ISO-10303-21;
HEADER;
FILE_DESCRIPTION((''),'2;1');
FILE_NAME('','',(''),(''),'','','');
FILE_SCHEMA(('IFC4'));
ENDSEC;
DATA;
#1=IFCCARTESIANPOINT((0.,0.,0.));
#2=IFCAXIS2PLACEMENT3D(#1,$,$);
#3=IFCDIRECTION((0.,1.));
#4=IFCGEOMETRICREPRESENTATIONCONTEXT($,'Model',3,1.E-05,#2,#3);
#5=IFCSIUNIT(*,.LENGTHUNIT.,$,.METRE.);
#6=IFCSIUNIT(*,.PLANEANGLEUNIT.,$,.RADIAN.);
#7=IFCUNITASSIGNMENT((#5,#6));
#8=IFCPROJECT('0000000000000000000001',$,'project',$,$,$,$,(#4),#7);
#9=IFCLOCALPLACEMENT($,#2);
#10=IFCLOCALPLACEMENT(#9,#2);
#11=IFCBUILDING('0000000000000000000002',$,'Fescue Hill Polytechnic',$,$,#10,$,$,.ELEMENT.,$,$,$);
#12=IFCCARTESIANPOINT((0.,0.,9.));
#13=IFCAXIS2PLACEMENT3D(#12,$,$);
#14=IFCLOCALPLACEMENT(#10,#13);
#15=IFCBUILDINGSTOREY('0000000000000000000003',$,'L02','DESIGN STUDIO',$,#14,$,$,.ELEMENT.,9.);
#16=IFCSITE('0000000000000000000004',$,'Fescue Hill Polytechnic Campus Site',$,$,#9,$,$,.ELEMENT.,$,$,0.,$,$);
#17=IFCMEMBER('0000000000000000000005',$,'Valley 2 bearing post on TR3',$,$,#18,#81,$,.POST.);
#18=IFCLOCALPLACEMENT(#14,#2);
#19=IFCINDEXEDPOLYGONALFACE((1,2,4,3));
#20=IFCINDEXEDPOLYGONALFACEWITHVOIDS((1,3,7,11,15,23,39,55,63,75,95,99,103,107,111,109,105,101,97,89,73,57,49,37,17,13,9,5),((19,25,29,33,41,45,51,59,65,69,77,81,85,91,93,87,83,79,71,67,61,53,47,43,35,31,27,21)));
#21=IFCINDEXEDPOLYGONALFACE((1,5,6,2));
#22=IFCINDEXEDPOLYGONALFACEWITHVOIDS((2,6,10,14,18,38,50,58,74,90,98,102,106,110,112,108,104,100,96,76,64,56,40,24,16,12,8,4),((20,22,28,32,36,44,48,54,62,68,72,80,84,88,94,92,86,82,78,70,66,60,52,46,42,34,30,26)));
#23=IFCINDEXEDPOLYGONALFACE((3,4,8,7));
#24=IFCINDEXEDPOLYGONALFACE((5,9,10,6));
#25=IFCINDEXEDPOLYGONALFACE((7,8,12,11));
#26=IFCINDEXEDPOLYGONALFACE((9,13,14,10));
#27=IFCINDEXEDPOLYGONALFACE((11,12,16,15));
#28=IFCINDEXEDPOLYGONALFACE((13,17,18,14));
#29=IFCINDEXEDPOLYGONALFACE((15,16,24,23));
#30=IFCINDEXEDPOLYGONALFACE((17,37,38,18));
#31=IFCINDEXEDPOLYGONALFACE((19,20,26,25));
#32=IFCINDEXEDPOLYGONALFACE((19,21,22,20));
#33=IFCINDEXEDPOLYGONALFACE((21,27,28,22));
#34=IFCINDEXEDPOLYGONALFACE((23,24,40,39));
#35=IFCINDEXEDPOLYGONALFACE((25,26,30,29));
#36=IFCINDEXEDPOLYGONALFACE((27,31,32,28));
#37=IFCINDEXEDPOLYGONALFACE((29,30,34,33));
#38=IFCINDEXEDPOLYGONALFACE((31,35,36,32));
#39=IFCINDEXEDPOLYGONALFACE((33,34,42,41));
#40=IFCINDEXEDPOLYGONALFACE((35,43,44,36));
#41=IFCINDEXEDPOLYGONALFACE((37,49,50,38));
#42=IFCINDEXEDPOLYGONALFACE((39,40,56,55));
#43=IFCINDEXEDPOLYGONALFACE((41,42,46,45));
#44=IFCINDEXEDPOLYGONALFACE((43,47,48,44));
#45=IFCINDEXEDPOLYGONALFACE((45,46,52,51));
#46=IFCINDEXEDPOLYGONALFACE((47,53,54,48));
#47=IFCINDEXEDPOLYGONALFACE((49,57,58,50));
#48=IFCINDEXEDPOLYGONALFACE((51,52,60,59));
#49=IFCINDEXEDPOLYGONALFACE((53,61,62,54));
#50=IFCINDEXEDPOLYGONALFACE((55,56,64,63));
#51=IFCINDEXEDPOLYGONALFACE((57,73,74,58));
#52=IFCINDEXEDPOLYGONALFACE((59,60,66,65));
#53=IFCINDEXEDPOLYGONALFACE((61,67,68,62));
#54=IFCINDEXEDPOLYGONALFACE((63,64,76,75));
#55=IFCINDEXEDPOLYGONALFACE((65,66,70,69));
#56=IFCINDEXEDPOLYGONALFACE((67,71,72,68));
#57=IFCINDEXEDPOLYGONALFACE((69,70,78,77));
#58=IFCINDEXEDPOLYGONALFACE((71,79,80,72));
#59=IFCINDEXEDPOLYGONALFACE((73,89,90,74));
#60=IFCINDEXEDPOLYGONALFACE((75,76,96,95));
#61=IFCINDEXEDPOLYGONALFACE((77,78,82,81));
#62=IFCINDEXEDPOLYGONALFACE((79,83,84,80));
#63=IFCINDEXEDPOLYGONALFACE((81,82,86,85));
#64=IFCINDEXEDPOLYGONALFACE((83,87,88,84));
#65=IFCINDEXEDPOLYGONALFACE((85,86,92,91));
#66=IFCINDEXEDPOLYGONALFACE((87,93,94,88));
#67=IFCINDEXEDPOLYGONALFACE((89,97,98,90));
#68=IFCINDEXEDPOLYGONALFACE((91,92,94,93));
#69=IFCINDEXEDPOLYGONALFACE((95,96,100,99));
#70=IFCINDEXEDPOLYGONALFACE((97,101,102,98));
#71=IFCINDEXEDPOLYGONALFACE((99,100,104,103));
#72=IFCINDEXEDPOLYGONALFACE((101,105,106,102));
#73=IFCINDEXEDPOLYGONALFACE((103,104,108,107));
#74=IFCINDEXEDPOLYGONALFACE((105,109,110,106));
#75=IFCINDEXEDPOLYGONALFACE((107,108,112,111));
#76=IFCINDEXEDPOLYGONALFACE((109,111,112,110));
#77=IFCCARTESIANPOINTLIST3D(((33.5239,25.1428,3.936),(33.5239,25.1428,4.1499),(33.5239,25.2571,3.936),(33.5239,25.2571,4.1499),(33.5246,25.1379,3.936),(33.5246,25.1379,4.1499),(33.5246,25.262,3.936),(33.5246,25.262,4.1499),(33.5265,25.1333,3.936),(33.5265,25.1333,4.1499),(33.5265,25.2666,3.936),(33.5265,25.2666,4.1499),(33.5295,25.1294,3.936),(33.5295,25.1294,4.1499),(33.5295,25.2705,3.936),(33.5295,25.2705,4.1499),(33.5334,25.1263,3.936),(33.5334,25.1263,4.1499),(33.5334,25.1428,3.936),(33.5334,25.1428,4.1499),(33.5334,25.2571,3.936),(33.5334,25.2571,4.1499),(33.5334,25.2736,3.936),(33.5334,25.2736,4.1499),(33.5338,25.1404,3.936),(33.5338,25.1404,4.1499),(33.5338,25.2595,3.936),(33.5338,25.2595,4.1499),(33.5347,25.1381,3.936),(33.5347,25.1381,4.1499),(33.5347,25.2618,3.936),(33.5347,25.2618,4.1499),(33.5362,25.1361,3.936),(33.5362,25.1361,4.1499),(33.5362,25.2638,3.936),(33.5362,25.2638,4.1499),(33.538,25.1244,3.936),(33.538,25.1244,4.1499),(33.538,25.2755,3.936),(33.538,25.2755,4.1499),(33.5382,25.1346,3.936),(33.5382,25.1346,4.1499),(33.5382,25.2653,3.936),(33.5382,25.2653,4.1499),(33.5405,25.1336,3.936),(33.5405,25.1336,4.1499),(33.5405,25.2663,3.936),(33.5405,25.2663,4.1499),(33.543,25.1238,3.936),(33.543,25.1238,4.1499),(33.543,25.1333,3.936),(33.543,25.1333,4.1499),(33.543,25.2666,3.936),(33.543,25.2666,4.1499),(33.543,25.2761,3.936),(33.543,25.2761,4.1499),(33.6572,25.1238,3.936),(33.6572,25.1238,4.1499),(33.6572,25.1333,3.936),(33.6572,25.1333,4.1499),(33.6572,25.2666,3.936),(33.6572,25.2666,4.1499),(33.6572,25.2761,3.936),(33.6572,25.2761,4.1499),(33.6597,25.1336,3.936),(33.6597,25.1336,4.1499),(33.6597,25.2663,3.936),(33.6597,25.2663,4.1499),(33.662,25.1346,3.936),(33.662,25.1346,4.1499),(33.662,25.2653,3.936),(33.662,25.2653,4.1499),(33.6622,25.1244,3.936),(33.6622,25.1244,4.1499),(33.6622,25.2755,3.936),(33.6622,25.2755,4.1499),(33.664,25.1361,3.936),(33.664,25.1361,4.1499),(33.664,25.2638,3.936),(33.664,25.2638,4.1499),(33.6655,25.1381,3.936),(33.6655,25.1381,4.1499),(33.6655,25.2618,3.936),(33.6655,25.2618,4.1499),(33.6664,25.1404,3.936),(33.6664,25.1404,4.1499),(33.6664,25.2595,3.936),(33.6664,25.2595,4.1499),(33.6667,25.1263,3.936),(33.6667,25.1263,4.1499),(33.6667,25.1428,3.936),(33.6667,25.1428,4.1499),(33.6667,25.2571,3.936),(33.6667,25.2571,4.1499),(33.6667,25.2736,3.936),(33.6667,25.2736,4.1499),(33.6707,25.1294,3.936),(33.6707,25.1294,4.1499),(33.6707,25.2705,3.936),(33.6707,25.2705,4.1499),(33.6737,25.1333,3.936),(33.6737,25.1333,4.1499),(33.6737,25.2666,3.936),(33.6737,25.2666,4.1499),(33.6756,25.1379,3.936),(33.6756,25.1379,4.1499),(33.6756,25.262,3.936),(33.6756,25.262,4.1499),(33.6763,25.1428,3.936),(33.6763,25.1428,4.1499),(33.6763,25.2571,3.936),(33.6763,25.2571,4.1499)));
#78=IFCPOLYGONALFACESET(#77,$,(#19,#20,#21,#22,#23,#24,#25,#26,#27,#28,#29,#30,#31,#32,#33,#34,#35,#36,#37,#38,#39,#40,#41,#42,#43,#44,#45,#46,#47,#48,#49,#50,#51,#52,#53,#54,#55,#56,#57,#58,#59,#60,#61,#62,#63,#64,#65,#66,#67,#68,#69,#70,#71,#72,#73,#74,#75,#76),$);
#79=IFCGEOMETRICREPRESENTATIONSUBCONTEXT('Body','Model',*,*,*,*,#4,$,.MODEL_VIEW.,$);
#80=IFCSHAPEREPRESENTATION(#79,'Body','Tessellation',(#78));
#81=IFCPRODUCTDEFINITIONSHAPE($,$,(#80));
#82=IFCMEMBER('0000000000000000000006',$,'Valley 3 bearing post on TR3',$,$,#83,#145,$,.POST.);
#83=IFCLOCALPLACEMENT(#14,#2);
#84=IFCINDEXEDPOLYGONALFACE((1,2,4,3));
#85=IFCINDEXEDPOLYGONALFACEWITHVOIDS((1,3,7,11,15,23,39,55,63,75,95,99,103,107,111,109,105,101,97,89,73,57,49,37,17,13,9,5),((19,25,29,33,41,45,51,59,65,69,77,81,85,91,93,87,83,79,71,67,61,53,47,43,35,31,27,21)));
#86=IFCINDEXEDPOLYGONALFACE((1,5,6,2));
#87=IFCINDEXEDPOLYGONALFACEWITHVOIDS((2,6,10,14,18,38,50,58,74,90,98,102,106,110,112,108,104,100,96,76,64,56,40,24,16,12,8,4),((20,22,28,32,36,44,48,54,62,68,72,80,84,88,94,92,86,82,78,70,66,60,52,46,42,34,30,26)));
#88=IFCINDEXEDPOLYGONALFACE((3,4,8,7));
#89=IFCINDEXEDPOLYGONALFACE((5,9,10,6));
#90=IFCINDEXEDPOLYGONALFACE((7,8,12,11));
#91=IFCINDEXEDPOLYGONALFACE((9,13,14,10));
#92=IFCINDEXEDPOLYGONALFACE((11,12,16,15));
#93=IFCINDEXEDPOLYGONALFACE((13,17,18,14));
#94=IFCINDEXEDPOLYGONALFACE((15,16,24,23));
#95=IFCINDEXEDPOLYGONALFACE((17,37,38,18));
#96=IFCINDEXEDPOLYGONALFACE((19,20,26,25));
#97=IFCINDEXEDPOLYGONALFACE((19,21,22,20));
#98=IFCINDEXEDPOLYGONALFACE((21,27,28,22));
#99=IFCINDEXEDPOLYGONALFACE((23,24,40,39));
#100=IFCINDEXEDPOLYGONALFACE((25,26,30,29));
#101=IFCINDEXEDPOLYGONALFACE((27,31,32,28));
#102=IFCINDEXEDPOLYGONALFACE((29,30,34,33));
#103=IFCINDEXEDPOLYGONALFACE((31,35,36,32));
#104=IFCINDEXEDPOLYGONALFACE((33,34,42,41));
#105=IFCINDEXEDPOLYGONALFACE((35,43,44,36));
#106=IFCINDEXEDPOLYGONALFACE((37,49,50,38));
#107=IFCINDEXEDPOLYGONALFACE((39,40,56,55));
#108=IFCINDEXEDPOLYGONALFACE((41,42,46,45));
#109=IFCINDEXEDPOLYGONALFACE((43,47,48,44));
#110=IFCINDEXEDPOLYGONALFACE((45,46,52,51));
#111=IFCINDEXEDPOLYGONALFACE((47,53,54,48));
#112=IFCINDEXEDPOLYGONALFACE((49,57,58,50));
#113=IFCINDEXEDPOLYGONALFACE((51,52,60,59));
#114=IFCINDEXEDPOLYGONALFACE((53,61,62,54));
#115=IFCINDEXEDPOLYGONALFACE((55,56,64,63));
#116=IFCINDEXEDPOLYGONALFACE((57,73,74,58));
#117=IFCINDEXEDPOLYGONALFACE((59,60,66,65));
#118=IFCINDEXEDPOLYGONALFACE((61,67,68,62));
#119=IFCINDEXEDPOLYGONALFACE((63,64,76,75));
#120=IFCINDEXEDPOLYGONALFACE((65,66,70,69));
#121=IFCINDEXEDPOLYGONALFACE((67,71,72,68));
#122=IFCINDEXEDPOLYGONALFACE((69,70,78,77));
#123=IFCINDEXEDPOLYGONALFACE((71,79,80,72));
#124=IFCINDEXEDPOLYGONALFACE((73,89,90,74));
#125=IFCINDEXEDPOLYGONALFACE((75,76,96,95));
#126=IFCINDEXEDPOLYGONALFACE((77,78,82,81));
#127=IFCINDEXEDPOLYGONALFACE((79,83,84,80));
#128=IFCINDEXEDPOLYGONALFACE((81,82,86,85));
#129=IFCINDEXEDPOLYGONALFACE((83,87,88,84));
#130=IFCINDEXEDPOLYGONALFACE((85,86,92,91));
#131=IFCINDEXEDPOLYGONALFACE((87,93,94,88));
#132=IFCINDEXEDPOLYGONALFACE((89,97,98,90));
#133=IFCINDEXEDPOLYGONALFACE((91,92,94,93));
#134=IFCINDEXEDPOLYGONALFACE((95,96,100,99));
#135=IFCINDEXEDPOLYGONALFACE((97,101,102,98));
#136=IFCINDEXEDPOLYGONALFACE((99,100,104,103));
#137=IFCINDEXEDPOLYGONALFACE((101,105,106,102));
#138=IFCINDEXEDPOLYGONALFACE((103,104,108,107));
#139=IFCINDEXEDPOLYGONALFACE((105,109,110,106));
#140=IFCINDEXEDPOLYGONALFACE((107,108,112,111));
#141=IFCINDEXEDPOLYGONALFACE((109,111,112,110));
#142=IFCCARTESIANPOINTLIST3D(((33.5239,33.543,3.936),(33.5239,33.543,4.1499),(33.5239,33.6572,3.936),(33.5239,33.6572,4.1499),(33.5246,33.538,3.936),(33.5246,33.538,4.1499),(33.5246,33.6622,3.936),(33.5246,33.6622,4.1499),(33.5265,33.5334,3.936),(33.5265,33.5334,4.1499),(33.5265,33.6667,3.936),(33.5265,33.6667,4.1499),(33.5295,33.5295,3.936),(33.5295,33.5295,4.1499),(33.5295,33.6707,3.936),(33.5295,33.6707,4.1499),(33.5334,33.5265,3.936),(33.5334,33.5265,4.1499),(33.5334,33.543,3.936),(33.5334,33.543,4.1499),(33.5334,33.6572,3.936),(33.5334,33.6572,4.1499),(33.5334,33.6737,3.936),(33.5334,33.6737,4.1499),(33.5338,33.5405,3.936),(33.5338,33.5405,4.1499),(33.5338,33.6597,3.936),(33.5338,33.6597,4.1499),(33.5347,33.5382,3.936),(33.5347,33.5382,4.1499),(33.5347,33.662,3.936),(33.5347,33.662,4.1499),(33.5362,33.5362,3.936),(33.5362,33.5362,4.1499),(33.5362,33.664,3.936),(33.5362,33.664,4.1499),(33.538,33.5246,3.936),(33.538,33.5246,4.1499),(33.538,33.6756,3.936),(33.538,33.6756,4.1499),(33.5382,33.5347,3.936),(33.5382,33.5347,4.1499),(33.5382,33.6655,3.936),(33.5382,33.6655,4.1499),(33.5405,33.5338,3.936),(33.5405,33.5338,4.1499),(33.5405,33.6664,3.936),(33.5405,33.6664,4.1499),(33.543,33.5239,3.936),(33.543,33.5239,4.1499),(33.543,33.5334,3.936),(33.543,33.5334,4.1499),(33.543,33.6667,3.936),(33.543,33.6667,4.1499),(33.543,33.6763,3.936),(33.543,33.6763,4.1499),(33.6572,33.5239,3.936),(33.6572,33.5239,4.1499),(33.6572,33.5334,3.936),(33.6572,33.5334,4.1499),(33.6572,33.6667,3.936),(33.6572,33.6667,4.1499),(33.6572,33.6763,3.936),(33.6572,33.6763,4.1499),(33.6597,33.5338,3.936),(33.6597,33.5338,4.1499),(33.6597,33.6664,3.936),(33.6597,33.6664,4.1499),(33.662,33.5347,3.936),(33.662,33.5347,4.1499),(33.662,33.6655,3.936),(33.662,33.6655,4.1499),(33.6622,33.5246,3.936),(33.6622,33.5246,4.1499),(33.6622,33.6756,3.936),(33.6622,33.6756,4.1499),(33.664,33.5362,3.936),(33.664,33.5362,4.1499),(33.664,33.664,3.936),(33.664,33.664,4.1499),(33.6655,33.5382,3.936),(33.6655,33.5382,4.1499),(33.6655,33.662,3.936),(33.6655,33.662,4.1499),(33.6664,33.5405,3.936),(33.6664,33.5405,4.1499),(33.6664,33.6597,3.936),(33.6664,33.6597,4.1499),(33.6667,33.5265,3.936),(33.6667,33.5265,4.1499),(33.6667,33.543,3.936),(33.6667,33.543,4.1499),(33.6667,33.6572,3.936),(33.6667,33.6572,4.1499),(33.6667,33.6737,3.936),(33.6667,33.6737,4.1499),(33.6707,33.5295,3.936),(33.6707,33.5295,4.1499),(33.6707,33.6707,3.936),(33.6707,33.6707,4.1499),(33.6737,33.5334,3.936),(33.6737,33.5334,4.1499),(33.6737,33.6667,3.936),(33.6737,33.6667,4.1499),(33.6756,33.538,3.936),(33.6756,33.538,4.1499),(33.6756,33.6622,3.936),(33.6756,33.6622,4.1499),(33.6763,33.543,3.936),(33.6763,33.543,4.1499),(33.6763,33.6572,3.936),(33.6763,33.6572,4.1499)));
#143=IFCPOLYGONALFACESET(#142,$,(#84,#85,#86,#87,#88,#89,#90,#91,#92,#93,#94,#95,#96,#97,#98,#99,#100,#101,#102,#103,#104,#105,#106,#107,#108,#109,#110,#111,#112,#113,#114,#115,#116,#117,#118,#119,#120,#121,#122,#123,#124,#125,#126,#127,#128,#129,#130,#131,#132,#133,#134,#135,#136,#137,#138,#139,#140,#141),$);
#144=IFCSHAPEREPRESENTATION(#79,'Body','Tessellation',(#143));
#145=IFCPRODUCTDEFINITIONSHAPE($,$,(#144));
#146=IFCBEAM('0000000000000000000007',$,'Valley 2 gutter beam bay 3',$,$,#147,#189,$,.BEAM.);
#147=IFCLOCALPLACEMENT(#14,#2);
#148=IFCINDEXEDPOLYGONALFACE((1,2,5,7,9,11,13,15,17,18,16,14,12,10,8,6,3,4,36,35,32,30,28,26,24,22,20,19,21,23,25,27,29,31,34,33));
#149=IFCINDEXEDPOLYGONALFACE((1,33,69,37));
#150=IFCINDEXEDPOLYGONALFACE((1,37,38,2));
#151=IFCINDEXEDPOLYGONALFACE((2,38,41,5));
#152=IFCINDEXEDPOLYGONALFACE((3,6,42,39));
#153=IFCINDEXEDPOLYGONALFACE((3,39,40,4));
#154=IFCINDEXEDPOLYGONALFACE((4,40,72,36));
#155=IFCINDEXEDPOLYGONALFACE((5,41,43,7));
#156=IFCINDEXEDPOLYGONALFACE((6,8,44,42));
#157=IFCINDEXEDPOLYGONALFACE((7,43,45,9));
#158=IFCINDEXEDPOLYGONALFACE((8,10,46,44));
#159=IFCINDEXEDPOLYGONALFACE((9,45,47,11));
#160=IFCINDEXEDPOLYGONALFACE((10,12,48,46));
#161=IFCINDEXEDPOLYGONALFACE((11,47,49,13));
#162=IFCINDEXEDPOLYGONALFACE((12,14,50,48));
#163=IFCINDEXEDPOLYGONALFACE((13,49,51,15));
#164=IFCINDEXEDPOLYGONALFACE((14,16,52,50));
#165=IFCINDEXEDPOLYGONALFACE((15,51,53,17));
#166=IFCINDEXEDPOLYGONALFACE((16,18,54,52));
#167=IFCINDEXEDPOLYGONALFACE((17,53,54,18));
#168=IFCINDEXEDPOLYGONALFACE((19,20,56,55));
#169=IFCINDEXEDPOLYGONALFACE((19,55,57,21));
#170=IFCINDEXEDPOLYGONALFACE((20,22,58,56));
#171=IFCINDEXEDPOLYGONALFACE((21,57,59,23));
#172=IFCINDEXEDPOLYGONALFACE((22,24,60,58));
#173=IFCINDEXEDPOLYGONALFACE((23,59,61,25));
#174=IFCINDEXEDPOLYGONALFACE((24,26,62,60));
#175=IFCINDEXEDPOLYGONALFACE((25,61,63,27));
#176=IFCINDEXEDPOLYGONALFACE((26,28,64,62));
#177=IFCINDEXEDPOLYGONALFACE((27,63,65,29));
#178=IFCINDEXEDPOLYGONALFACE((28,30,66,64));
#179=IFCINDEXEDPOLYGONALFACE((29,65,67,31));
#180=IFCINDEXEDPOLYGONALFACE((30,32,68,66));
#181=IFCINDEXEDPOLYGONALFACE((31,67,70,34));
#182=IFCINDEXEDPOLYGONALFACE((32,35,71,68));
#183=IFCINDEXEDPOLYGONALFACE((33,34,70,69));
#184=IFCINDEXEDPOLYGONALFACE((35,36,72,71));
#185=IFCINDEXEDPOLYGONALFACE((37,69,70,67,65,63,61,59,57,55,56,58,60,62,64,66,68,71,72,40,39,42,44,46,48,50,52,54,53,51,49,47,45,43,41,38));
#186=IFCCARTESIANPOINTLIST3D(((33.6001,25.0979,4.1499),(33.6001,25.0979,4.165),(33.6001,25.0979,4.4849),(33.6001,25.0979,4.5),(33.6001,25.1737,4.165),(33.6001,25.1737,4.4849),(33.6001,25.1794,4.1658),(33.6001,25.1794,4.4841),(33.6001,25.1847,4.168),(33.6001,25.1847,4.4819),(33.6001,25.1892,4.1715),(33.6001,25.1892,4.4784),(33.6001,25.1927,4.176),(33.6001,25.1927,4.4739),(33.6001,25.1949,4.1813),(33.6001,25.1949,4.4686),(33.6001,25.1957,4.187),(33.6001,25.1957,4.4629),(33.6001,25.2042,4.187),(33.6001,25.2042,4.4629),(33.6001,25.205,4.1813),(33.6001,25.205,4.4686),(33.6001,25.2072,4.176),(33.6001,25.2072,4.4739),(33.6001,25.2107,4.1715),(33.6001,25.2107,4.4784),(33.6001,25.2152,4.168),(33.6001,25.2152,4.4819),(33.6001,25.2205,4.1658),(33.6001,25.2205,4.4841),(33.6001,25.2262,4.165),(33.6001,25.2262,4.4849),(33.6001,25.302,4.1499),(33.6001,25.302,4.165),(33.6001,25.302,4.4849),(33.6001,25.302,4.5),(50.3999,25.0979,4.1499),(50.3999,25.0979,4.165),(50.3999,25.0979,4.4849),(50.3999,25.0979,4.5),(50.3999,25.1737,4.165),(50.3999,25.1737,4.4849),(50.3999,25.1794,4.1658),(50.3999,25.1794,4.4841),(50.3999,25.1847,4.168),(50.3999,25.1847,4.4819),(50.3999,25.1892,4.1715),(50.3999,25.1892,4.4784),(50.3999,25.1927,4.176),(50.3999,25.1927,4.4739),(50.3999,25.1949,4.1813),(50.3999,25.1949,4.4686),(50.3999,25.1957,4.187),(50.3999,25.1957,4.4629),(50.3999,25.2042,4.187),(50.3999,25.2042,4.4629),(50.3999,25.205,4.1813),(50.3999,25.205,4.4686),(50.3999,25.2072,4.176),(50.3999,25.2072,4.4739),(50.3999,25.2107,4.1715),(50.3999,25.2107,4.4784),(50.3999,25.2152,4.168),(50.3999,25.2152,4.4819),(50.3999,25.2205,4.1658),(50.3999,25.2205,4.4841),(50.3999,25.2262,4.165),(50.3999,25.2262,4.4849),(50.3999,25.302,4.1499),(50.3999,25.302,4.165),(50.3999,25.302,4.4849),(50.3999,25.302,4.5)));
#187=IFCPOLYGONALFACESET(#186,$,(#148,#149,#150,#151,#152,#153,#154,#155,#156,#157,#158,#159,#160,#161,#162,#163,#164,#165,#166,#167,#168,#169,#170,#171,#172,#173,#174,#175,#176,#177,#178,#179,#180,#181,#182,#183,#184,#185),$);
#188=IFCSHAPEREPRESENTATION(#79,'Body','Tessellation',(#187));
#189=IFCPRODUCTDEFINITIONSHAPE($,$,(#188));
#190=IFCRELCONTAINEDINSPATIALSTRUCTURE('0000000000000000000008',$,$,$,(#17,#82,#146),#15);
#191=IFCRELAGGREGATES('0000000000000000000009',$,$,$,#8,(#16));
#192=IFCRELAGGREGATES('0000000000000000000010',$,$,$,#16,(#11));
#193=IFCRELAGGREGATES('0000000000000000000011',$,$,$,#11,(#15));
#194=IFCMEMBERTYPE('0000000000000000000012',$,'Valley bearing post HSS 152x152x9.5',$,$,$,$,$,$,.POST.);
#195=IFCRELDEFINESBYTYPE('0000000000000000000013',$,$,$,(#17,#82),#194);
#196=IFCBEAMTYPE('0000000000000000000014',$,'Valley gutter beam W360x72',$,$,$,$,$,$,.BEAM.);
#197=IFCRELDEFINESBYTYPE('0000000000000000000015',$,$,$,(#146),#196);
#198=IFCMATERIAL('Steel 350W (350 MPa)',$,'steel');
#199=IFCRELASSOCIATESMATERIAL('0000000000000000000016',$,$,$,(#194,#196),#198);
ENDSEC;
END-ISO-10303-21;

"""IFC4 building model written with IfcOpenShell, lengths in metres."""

from ifc_helpers import new_model, si_unit, direction, frame, origin, origin_2d, place, context, subcontext, project, spatial, hollow_rectangle, i_section, extrude, material, material_profile, profile_set, type_object, element, save


model = new_model("IFC4")

# Units and contexts
model_context = context("Model", 3, precision=1e-05, world=origin(), true_north=direction((0.0, 1.0)))
body_context = subcontext(model_context, "Body", "Model", "MODEL_VIEW")
ifc_project = project(units=[si_unit("LENGTHUNIT", "METRE"), si_unit("PLANEANGLEUNIT", "RADIAN")], contexts=[model_context])

# Site, building, storey
site_placement = place(None, origin())
site = spatial("IfcSite", under=ifc_project, at=site_placement, Name="Fescue Hill Polytechnic Campus Site", CompositionType="ELEMENT", RefElevation=0.0)
building_placement = place(site_placement, origin())
building = spatial("IfcBuilding", under=site, at=building_placement, Name="Fescue Hill Polytechnic", CompositionType="ELEMENT")
storey_placement = place(building_placement, frame((0.0, 0.0, 9.0)))
storey = spatial("IfcBuildingStorey", under=building, at=storey_placement, Name="L02", Description="DESIGN STUDIO", CompositionType="ELEMENT", Elevation=9.0)

# Members
ifc_material = material(Name="Steel 350W (350 MPa)", Category="steel")
ifc_material_profile_1 = material_profile(ifc_material, hollow_rectangle(XDim=0.1523, YDim=0.1523, WallThickness=0.0095, InnerFilletRadius=0.0095, OuterFilletRadius=0.019, at=origin_2d()), Name="Valley bearing post HSS 152x152x9.5")
ifc_profile_set_1 = profile_set([ifc_material_profile_1], Name="Steel 350W (350 MPa)")
member_type_1 = type_object("IfcMemberType", Name="Valley bearing post HSS 152x152x9.5", PredefinedType="POST", material=ifc_profile_set_1)
for number, where, z_axis, x_axis, name in (
    (1, (33.6001, 25.2, 3.936), (0.0, 0.0, 1.0), (1.0, 0.0, 0.0), "Valley 2 bearing post on TR3"),
    (2, (33.6001, 33.6001, 3.936), (0.0, 0.0, 1.0), (1.0, 0.0, 0.0), "Valley 3 bearing post on TR3"),
):
    element("IfcMember", number, at=place(storey_placement, frame(where, z_axis=z_axis, x_axis=x_axis)), inside=storey, type_object=member_type_1, Name=name, PredefinedType="POST", context=body_context, shape_type="SweptSolid", body=[
        extrude(hollow_rectangle(XDim=0.1523, YDim=0.1523, WallThickness=0.0095, InnerFilletRadius=0.0095, OuterFilletRadius=0.019, at=origin_2d()), origin(), (0.0, 0.0, 1.0), 0.2139),
    ])

# Beam
ifc_material_profile_2 = material_profile(ifc_material, i_section(OverallWidth=0.2041, OverallDepth=0.3501, WebThickness=0.0085, FlangeThickness=0.0151, FilletRadius=0.022, at=origin_2d()), Name="W360x72")
ifc_profile_set_2 = profile_set([ifc_material_profile_2], Name="Steel 350W (350 MPa)")
beam_type = type_object("IfcBeamType", Name="Valley gutter beam W360x72", PredefinedType="BEAM", material=ifc_profile_set_2)
for number, where, z_axis, x_axis, name in (
    (3, (33.6001, 25.2, 4.325), (1.0, 0.0, 0.0), (0.0, 1.0, 0.0), "Valley 2 gutter beam bay 3"),
):
    element("IfcBeam", number, at=place(storey_placement, frame(where, z_axis=z_axis, x_axis=x_axis)), inside=storey, type_object=beam_type, Name=name, PredefinedType="BEAM", context=body_context, shape_type="SweptSolid", body=[
        extrude(i_section(OverallWidth=0.2041, OverallDepth=0.3501, WebThickness=0.0085, FlangeThickness=0.0151, FilletRadius=0.022, at=origin_2d()), origin(), (0.0, 0.0, 1.0), 16.7998),
    ])

save(model, "model.ifc")
